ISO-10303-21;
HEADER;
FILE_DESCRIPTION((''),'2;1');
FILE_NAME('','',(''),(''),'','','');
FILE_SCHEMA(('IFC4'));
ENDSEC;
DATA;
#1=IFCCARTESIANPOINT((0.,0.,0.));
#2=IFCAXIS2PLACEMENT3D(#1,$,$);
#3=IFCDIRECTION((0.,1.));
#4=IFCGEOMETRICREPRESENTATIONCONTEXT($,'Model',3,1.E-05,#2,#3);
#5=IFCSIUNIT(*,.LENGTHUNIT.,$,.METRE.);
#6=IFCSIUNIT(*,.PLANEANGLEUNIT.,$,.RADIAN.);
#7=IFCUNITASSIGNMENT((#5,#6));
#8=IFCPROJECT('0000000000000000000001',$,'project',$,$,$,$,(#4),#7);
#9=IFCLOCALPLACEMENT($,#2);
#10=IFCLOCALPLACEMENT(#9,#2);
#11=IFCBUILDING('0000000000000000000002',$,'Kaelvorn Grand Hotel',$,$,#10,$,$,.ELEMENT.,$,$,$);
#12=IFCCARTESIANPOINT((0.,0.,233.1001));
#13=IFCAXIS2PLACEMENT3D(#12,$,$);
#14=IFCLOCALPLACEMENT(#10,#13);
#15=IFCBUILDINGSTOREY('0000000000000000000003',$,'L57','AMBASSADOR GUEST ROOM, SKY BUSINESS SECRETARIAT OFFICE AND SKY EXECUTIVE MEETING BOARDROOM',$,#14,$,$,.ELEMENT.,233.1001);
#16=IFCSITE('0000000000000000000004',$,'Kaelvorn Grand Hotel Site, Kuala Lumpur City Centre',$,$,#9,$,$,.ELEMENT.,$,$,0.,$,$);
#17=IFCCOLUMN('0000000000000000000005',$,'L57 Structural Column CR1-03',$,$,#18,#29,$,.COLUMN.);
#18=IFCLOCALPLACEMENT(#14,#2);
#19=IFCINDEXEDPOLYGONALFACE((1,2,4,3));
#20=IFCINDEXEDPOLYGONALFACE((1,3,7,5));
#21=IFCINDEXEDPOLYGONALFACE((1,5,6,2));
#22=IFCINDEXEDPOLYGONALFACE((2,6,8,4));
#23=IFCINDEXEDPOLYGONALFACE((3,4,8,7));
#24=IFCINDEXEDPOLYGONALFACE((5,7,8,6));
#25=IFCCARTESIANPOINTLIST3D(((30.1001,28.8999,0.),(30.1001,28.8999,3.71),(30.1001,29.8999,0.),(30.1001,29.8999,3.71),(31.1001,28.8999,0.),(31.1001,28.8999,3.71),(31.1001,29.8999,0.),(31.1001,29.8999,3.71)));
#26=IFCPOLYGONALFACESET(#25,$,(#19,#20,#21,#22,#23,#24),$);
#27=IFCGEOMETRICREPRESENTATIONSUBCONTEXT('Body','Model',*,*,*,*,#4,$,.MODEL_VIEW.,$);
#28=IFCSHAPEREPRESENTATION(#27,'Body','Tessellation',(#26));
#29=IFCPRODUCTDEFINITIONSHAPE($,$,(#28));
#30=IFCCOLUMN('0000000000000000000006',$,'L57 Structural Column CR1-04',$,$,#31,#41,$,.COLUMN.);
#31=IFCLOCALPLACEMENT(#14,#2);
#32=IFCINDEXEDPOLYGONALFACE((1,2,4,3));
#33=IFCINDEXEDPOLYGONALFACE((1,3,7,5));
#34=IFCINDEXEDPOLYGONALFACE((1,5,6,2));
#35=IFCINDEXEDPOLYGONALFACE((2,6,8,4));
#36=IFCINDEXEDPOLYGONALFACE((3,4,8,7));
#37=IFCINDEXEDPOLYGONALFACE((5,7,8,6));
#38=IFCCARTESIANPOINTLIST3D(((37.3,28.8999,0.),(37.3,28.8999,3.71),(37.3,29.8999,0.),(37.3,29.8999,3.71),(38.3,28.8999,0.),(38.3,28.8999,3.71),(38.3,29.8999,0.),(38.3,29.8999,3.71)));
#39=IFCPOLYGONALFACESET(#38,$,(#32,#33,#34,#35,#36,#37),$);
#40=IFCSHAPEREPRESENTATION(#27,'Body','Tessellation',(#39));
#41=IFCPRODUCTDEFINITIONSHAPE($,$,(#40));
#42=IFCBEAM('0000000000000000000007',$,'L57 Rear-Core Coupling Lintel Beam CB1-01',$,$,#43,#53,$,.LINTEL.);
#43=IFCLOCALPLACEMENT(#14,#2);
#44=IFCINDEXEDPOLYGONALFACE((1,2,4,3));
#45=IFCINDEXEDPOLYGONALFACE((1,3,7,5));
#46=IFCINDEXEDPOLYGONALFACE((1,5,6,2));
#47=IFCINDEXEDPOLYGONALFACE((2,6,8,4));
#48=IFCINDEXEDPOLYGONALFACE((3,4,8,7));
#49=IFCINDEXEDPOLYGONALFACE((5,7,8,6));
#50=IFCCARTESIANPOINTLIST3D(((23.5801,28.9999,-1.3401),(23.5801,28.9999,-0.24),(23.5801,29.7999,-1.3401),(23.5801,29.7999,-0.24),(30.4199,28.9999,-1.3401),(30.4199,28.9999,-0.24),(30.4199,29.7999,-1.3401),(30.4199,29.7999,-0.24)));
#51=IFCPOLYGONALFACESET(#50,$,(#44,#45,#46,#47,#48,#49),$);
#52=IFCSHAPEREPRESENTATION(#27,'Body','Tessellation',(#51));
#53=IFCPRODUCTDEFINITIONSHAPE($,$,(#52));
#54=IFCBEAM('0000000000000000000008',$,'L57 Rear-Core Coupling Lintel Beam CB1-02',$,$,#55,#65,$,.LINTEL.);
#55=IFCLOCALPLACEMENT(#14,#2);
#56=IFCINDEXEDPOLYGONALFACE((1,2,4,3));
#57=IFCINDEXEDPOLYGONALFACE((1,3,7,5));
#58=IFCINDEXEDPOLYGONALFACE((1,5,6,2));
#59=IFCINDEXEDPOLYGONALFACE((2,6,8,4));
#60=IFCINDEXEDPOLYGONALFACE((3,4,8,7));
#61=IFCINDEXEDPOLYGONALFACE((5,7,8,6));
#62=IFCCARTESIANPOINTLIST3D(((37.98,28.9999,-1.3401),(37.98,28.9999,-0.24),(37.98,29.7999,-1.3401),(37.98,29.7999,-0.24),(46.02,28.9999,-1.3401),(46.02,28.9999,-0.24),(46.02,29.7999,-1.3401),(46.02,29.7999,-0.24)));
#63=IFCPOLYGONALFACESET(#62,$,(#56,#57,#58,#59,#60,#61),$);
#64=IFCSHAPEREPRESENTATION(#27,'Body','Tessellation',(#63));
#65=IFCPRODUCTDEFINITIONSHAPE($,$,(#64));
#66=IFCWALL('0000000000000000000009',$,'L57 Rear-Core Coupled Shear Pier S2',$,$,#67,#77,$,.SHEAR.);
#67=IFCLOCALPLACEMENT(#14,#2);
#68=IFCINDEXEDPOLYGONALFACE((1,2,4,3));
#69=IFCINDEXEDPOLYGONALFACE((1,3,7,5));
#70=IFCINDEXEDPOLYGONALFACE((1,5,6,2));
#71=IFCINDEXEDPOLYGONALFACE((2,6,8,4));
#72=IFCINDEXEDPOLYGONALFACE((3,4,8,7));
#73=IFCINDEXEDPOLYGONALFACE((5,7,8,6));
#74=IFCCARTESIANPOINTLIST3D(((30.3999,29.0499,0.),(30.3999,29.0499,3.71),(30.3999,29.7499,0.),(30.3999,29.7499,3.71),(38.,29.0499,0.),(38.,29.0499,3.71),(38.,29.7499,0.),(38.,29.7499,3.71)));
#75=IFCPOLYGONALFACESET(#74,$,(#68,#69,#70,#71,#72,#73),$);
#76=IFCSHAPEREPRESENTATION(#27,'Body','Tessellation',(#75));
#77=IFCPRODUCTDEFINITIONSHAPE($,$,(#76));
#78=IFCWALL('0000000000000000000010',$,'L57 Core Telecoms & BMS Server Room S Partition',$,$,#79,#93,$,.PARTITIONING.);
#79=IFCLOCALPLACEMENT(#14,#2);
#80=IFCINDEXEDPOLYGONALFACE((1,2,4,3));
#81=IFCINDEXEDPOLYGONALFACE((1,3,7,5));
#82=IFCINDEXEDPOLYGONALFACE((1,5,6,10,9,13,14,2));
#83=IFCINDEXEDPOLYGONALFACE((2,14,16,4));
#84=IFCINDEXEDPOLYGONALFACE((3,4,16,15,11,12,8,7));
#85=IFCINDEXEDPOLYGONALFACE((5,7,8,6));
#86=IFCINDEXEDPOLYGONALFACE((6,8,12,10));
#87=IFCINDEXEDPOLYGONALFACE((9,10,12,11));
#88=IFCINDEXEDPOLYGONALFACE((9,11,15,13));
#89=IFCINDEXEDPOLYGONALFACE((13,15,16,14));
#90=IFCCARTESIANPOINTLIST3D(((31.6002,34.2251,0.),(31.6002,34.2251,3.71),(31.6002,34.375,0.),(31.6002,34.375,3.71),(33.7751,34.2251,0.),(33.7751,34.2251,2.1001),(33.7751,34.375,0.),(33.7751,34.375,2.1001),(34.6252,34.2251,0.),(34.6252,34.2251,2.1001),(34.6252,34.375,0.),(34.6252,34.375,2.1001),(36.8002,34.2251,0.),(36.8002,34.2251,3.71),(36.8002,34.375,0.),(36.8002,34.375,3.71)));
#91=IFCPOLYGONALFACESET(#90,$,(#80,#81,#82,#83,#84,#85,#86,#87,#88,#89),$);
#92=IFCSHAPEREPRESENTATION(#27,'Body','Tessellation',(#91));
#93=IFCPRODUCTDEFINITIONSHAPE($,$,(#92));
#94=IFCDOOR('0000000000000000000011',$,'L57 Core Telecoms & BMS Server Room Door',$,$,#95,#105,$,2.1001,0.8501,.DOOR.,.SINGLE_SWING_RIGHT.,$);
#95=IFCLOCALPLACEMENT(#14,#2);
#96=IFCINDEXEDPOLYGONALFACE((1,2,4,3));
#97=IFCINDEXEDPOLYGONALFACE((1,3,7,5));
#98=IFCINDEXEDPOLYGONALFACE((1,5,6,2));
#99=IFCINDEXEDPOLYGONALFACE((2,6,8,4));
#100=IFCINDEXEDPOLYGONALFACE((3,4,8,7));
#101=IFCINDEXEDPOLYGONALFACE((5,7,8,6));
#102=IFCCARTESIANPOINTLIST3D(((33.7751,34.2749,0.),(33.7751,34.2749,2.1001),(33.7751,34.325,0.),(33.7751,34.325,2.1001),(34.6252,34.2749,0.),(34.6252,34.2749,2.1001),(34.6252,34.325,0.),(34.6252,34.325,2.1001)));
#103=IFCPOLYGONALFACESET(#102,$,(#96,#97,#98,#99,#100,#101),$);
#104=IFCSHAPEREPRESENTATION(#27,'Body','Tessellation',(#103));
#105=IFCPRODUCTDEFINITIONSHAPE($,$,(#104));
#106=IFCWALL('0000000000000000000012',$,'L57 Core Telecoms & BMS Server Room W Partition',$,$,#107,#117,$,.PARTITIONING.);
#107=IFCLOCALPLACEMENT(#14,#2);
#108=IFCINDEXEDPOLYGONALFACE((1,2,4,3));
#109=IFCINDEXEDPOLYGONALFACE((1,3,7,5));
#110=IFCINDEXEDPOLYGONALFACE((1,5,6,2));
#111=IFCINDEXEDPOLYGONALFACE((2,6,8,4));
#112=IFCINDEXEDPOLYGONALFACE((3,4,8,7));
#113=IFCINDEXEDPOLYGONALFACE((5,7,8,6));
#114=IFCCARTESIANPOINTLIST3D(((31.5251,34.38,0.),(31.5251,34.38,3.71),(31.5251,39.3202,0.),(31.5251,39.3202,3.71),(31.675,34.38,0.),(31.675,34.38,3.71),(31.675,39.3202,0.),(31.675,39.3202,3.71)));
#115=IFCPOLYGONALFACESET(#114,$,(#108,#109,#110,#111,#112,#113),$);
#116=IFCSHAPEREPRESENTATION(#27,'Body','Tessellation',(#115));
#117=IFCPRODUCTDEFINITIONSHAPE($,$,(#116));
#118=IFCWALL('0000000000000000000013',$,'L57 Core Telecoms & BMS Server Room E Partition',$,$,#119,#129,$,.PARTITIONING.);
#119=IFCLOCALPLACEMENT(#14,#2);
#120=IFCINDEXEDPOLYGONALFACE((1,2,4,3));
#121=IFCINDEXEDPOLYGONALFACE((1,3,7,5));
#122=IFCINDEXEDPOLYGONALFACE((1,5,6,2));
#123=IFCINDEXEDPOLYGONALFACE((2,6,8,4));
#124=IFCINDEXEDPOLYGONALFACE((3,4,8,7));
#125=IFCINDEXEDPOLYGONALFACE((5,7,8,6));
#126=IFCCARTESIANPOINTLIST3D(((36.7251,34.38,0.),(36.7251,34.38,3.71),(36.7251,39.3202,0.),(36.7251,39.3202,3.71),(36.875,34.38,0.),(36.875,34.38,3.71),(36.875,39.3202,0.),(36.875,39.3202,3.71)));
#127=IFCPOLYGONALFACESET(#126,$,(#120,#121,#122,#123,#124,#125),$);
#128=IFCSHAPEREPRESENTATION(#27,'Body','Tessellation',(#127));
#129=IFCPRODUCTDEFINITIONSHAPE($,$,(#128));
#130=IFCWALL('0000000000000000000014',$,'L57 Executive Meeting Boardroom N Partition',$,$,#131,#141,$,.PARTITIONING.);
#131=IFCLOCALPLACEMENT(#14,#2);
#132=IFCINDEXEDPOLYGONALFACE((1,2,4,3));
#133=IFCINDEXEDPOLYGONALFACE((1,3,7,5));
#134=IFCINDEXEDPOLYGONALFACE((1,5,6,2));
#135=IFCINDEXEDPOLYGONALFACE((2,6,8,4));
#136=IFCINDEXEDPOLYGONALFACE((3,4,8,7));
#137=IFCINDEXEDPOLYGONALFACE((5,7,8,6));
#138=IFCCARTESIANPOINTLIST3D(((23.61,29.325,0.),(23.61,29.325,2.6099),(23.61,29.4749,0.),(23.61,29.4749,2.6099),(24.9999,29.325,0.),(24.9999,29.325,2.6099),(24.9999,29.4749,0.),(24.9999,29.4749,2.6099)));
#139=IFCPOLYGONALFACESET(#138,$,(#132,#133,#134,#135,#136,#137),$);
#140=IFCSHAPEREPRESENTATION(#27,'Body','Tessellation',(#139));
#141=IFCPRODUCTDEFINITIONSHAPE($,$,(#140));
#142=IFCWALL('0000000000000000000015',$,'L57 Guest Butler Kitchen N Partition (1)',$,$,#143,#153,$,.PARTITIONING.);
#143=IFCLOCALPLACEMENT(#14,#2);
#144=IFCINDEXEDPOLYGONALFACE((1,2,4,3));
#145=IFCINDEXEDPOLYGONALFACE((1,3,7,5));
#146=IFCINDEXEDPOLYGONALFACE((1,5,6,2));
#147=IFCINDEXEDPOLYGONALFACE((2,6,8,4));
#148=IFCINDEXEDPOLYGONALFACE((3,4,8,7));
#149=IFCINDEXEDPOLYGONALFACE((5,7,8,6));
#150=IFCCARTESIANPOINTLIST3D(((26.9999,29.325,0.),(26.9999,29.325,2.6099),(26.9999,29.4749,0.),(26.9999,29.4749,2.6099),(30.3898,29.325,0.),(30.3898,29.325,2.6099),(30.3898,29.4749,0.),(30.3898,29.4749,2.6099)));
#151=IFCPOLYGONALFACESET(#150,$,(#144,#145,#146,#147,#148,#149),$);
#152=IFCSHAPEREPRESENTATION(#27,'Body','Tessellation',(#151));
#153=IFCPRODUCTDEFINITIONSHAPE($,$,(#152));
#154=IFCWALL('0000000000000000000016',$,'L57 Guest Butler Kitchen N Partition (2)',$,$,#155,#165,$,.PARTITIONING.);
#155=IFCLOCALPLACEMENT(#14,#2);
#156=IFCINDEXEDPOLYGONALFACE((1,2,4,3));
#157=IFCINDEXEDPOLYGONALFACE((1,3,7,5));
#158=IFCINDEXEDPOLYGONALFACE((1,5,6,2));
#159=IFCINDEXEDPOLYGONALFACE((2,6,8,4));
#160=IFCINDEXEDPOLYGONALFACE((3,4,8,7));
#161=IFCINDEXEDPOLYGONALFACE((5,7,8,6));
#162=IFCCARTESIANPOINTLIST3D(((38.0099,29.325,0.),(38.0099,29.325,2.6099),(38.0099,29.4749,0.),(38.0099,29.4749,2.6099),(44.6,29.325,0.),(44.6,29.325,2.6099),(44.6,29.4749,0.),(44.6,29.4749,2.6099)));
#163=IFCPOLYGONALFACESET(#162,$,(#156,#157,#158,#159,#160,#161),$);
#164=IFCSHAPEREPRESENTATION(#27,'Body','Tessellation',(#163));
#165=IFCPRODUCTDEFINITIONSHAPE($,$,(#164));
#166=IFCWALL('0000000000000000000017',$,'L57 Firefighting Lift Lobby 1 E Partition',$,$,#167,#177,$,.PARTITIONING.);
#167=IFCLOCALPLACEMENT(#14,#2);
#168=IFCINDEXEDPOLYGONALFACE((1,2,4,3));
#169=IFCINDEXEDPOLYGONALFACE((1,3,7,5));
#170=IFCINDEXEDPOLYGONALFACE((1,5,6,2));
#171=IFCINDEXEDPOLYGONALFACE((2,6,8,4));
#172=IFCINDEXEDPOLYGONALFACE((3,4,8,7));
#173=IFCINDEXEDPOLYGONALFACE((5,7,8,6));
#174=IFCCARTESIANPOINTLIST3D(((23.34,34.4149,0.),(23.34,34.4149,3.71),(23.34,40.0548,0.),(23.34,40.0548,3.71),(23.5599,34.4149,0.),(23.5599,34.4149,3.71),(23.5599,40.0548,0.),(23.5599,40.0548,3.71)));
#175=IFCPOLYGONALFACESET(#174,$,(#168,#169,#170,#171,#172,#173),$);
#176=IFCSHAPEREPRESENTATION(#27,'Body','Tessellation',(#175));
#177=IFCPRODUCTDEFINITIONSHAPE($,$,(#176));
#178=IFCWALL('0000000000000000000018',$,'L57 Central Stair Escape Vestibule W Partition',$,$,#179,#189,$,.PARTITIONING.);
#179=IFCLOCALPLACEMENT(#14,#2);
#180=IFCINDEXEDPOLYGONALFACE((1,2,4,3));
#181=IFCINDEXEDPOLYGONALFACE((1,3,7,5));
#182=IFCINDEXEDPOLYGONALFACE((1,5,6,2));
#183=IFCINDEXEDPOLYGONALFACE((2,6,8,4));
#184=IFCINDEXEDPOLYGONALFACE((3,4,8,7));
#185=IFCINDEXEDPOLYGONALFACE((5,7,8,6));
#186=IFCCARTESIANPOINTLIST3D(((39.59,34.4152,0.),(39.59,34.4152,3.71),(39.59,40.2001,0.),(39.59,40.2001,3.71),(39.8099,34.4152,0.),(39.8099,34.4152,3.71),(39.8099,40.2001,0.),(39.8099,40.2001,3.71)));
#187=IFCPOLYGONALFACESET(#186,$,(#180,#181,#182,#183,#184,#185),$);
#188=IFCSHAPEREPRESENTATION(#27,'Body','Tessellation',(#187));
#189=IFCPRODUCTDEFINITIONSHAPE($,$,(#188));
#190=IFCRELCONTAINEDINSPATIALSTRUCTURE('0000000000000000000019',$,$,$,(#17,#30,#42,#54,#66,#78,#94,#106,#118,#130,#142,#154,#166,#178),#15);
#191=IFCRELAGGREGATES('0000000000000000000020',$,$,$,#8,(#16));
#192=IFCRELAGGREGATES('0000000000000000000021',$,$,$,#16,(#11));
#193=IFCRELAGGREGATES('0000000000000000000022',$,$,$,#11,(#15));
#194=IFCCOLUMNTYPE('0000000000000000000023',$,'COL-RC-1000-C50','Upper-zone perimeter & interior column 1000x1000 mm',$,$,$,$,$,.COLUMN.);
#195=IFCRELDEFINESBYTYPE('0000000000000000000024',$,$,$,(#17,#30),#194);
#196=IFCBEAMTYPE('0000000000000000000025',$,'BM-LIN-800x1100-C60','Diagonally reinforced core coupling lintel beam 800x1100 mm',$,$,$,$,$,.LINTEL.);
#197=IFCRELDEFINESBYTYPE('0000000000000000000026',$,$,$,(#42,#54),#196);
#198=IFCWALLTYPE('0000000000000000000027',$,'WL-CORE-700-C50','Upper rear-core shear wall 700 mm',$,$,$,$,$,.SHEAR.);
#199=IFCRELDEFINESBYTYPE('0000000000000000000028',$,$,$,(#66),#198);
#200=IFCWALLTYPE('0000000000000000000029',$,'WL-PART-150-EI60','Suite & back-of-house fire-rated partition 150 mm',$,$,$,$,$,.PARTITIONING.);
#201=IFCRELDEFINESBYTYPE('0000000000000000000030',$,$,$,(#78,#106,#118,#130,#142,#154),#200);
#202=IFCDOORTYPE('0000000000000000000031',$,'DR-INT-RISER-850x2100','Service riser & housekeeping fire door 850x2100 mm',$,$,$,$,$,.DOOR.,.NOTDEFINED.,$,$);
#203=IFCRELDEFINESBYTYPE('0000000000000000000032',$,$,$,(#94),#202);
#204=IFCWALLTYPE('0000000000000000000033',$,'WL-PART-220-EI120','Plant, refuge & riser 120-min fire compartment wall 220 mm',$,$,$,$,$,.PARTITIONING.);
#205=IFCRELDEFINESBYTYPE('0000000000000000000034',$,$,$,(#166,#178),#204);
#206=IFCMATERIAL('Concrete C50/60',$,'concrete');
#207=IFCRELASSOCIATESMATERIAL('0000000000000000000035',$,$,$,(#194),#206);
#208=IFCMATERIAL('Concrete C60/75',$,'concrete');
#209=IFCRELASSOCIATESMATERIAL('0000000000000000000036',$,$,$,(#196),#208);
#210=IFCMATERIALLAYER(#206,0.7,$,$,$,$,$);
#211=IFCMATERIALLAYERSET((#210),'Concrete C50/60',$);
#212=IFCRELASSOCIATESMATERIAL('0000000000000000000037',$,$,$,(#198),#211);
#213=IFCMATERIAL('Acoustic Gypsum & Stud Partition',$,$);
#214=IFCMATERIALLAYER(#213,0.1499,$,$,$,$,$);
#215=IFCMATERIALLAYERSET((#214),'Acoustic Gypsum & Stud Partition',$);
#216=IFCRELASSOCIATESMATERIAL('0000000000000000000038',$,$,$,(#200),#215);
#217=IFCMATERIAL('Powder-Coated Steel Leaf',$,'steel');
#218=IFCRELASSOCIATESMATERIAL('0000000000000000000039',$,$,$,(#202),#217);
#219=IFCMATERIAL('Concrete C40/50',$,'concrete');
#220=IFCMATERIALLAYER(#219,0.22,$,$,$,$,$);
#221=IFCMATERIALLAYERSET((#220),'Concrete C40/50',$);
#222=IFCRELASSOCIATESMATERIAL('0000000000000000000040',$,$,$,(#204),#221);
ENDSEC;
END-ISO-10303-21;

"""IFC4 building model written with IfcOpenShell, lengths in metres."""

from ifc_helpers import new_model, si_unit, direction, frame, frame_2d, origin, origin_2d, place, context, subcontext, project, spatial, rectangle, extrude, material, layer, layer_set, material_profile, profile_set, type_object, element, fill, save


model = new_model("IFC4")

# Units and contexts
model_context = context("Model", 3, precision=1e-05, world=origin(), true_north=direction((0.0, 1.0)))
body_context = subcontext(model_context, "Body", "Model", "MODEL_VIEW")
ifc_project = project(units=[si_unit("LENGTHUNIT", "METRE"), si_unit("PLANEANGLEUNIT", "RADIAN")], contexts=[model_context])

# Site, building, storey
site_placement = place(None, origin())
site = spatial("IfcSite", under=ifc_project, at=site_placement, Name="Kaelvorn Grand Hotel Site, Kuala Lumpur City Centre", CompositionType="ELEMENT", RefElevation=0.0)
building_placement = place(site_placement, origin())
building = spatial("IfcBuilding", under=site, at=building_placement, Name="Kaelvorn Grand Hotel", CompositionType="ELEMENT")
storey_placement = place(building_placement, frame((0.0, 0.0, 233.1001)))
storey = spatial("IfcBuildingStorey", under=building, at=storey_placement, Name="L57", Description="AMBASSADOR GUEST ROOM, SKY BUSINESS SECRETARIAT OFFICE AND SKY EXECUTIVE MEETING BOARDROOM", CompositionType="ELEMENT", Elevation=233.1001)

# Columns
ifc_material_1 = material(Name="Concrete C50/60", Category="concrete")
ifc_material_profile_1 = material_profile(ifc_material_1, rectangle(XDim=1.0, YDim=1.0, at=origin_2d()), Name="RC COL 1000x1000")
ifc_profile_set_1 = profile_set([ifc_material_profile_1], Name="Concrete C50/60")
column_type = type_object("IfcColumnType", Name="COL-RC-1000-C50", Description="Upper-zone perimeter & interior column 1000x1000 mm", PredefinedType="COLUMN", material=ifc_profile_set_1)
for number, where, z_axis, x_axis, name in (
    (1, (30.6001, 29.3999, 0.0), (0.0, 0.0, 1.0), (1.0, 0.0, 0.0), "L57 Structural Column CR1-03"),
    (2, (37.8, 29.3999, 0.0), (0.0, 0.0, 1.0), (1.0, 0.0, 0.0), "L57 Structural Column CR1-04"),
):
    element("IfcColumn", number, at=place(storey_placement, frame(where, z_axis=z_axis, x_axis=x_axis)), inside=storey, type_object=column_type, Name=name, PredefinedType="COLUMN", context=body_context, shape_type="SweptSolid", body=[
        extrude(rectangle(XDim=1.0, YDim=1.0, at=origin_2d()), origin(), (0.0, 0.0, 1.0), 3.71),
    ])

# Beams
ifc_material_2 = material(Name="Concrete C60/75", Category="concrete")
ifc_material_profile_2 = material_profile(ifc_material_2, rectangle(XDim=0.8, YDim=1.1001, at=origin_2d()), Name="RC LINTEL 800x1100")
ifc_profile_set_2 = profile_set([ifc_material_profile_2], Name="Concrete C60/75")
beam_type = type_object("IfcBeamType", Name="BM-LIN-800x1100-C60", Description="Diagonally reinforced core coupling lintel beam 800x1100 mm", PredefinedType="LINTEL", material=ifc_profile_set_2)
beam_1_placement = place(storey_placement, frame((23.5801, 29.3999, -0.79), z_axis=(1.0, 0.0, 0.0), x_axis=(0.0, 1.0, 0.0)))
element("IfcBeam", 3, at=beam_1_placement, inside=storey, type_object=beam_type, Name="L57 Rear-Core Coupling Lintel Beam CB1-01", PredefinedType="LINTEL", context=body_context, shape_type="SweptSolid", body=[
    extrude(rectangle(XDim=0.8, YDim=1.1001, at=origin_2d()), origin(), (0.0, 0.0, 1.0), 6.8398),
])
beam_2_placement = place(storey_placement, frame((37.98, 29.3999, -0.79), z_axis=(1.0, 0.0, 0.0), x_axis=(0.0, 1.0, 0.0)))
element("IfcBeam", 4, at=beam_2_placement, inside=storey, type_object=beam_type, Name="L57 Rear-Core Coupling Lintel Beam CB1-02", PredefinedType="LINTEL", context=body_context, shape_type="SweptSolid", body=[
    extrude(rectangle(XDim=0.8, YDim=1.1001, at=origin_2d()), origin(), (0.0, 0.0, 1.0), 8.04),
])

# Wall
ifc_layer_1 = layer(ifc_material_1, 0.7)
ifc_layer_set_1 = layer_set([ifc_layer_1], Name="Concrete C50/60")
wall_type_1 = type_object("IfcWallType", Name="WL-CORE-700-C50", Description="Upper rear-core shear wall 700 mm", PredefinedType="SHEAR", material=ifc_layer_set_1)
wall_1_placement = place(storey_placement, frame((30.3999, 29.3999, 0.0), z_axis=(0.0, 0.0, 1.0), x_axis=(1.0, 0.0, 0.0)))
element("IfcWall", 5, at=wall_1_placement, inside=storey, type_object=wall_type_1, Name="L57 Rear-Core Coupled Shear Pier S2", PredefinedType="SHEAR", context=body_context, shape_type="SweptSolid", body=[
    extrude(rectangle(XDim=7.6001, YDim=0.7, at=frame_2d((3.8, 0.0))), origin(), (0.0, 0.0, 1.0), 3.71),
])

# Wall, opening, door
ifc_material_3 = material(Name="Acoustic Gypsum & Stud Partition")
ifc_layer_2 = layer(ifc_material_3, 0.1499)
ifc_layer_set_2 = layer_set([ifc_layer_2], Name="Acoustic Gypsum & Stud Partition")
wall_type_2 = type_object("IfcWallType", Name="WL-PART-150-EI60", Description="Suite & back-of-house fire-rated partition 150 mm", PredefinedType="PARTITIONING", material=ifc_layer_set_2)
wall_2_placement = place(storey_placement, frame((31.6001, 34.3, 0.0), z_axis=(0.0, 0.0, 1.0), x_axis=(1.0, 0.0, 0.0)))
wall_2 = element("IfcWall", 6, at=wall_2_placement, inside=storey, type_object=wall_type_2, Name="L57 Core Telecoms & BMS Server Room S Partition", PredefinedType="PARTITIONING", context=body_context, shape_type="SweptSolid", body=[
    extrude(rectangle(XDim=5.2, YDim=0.1499, at=frame_2d((2.6001, 0.0))), origin(), (0.0, 0.0, 1.0), 3.71),
])
opening_1_placement = place(wall_2_placement, frame((2.175, 0.0, 0.0)))
opening_1 = element("IfcOpeningElement", 7, at=opening_1_placement, cuts=wall_2, PredefinedType="OPENING", context=body_context, shape_type="SweptSolid", body=[
    extrude(rectangle(XDim=0.8501, YDim=2.1001, at=frame_2d((0.425, 1.05))), frame((0.0, 0.085, 0.0), z_axis=(0.0, -1.0, 0.0), x_axis=(1.0, 0.0, 0.0)), (0.0, 0.0, 1.0), 0.1699),
])
ifc_material_4 = material(Name="Powder-Coated Steel Leaf", Category="steel")
door_type_1 = type_object("IfcDoorType", Name="DR-INT-RISER-850x2100", Description="Service riser & housekeeping fire door 850x2100 mm", OperationType="NOTDEFINED", PredefinedType="DOOR", material=ifc_material_4)
door_1_placement = place(opening_1_placement, origin())
door_1 = element("IfcDoor", 8, at=door_1_placement, inside=storey, type_object=door_type_1, Name="L57 Core Telecoms & BMS Server Room Door", OperationType="SINGLE_SWING_RIGHT", OverallHeight=2.1001, OverallWidth=0.8501, PredefinedType="DOOR", context=body_context, shape_type="SweptSolid", body=[
    extrude(rectangle(XDim=0.8501, YDim=2.1001, at=frame_2d((0.425, 1.05))), frame((0.0, 0.0249, 0.0), z_axis=(0.0, -1.0, 0.0), x_axis=(1.0, 0.0, 0.0)), (0.0, 0.0, 1.0), 0.05),
])
fill(opening_1, door_1)

# Walls
for number, where, z_axis, x_axis, name in (
    (9, (31.6001, 34.3799, 0.0), (0.0, 0.0, 1.0), (0.0, 1.0, 0.0), "L57 Core Telecoms & BMS Server Room W Partition"),
    (10, (36.8, 34.3799, 0.0), (0.0, 0.0, 1.0), (0.0, 1.0, 0.0), "L57 Core Telecoms & BMS Server Room E Partition"),
):
    element("IfcWall", number, at=place(storey_placement, frame(where, z_axis=z_axis, x_axis=x_axis)), inside=storey, type_object=wall_type_2, Name=name, PredefinedType="PARTITIONING", context=body_context, shape_type="SweptSolid", body=[
        extrude(rectangle(XDim=4.9402, YDim=0.1499, at=frame_2d((2.4702, 0.0))), origin(), (0.0, 0.0, 1.0), 3.71),
    ])
wall_3_placement = place(storey_placement, frame((23.6101, 29.3999, 0.0), z_axis=(0.0, 0.0, 1.0), x_axis=(1.0, 0.0, 0.0)))
element("IfcWall", 11, at=wall_3_placement, inside=storey, type_object=wall_type_2, Name="L57 Executive Meeting Boardroom N Partition", PredefinedType="PARTITIONING", context=body_context, shape_type="SweptSolid", body=[
    extrude(rectangle(XDim=1.3899, YDim=0.1499, at=frame_2d((0.6948, 0.0))), origin(), (0.0, 0.0, 1.0), 2.6099),
])
wall_4_placement = place(storey_placement, frame((27.0, 29.3999, 0.0), z_axis=(0.0, 0.0, 1.0), x_axis=(1.0, 0.0, 0.0)))
element("IfcWall", 12, at=wall_4_placement, inside=storey, type_object=wall_type_2, Name="L57 Guest Butler Kitchen N Partition (1)", PredefinedType="PARTITIONING", context=body_context, shape_type="SweptSolid", body=[
    extrude(rectangle(XDim=3.3899, YDim=0.1499, at=frame_2d((1.6948, 0.0))), origin(), (0.0, 0.0, 1.0), 2.6099),
])
wall_5_placement = place(storey_placement, frame((38.01, 29.3999, 0.0), z_axis=(0.0, 0.0, 1.0), x_axis=(1.0, 0.0, 0.0)))
element("IfcWall", 13, at=wall_5_placement, inside=storey, type_object=wall_type_2, Name="L57 Guest Butler Kitchen N Partition (2)", PredefinedType="PARTITIONING", context=body_context, shape_type="SweptSolid", body=[
    extrude(rectangle(XDim=6.5901, YDim=0.1499, at=frame_2d((3.2949, 0.0))), origin(), (0.0, 0.0, 1.0), 2.6099),
])
ifc_material_5 = material(Name="Concrete C40/50", Category="concrete")
ifc_layer_3 = layer(ifc_material_5, 0.22)
ifc_layer_set_3 = layer_set([ifc_layer_3], Name="Concrete C40/50")
wall_type_3 = type_object("IfcWallType", Name="WL-PART-220-EI120", Description="Plant, refuge & riser 120-min fire compartment wall 220 mm", PredefinedType="PARTITIONING", material=ifc_layer_set_3)
wall_6_placement = place(storey_placement, frame((23.45, 34.415, 0.0), z_axis=(0.0, 0.0, 1.0), x_axis=(0.0, 1.0, 0.0)))
element("IfcWall", 14, at=wall_6_placement, inside=storey, type_object=wall_type_3, Name="L57 Firefighting Lift Lobby 1 E Partition", PredefinedType="PARTITIONING", context=body_context, shape_type="SweptSolid", body=[
    extrude(rectangle(XDim=5.6399, YDim=0.22, at=frame_2d((2.8198, 0.0))), origin(), (0.0, 0.0, 1.0), 3.71),
])

# Wall
wall_7_placement = place(storey_placement, frame((39.7, 34.415, 0.0), z_axis=(0.0, 0.0, 1.0), x_axis=(0.0, 1.0, 0.0)))
element("IfcWall", 15, at=wall_7_placement, inside=storey, type_object=wall_type_3, Name="L57 Central Stair Escape Vestibule W Partition", PredefinedType="PARTITIONING", context=body_context, shape_type="SweptSolid", body=[
    extrude(rectangle(XDim=5.7849, YDim=0.22, at=frame_2d((2.8926, 0.0))), origin(), (0.0, 0.0, 1.0), 3.71),
])

save(model, "model.ifc")
